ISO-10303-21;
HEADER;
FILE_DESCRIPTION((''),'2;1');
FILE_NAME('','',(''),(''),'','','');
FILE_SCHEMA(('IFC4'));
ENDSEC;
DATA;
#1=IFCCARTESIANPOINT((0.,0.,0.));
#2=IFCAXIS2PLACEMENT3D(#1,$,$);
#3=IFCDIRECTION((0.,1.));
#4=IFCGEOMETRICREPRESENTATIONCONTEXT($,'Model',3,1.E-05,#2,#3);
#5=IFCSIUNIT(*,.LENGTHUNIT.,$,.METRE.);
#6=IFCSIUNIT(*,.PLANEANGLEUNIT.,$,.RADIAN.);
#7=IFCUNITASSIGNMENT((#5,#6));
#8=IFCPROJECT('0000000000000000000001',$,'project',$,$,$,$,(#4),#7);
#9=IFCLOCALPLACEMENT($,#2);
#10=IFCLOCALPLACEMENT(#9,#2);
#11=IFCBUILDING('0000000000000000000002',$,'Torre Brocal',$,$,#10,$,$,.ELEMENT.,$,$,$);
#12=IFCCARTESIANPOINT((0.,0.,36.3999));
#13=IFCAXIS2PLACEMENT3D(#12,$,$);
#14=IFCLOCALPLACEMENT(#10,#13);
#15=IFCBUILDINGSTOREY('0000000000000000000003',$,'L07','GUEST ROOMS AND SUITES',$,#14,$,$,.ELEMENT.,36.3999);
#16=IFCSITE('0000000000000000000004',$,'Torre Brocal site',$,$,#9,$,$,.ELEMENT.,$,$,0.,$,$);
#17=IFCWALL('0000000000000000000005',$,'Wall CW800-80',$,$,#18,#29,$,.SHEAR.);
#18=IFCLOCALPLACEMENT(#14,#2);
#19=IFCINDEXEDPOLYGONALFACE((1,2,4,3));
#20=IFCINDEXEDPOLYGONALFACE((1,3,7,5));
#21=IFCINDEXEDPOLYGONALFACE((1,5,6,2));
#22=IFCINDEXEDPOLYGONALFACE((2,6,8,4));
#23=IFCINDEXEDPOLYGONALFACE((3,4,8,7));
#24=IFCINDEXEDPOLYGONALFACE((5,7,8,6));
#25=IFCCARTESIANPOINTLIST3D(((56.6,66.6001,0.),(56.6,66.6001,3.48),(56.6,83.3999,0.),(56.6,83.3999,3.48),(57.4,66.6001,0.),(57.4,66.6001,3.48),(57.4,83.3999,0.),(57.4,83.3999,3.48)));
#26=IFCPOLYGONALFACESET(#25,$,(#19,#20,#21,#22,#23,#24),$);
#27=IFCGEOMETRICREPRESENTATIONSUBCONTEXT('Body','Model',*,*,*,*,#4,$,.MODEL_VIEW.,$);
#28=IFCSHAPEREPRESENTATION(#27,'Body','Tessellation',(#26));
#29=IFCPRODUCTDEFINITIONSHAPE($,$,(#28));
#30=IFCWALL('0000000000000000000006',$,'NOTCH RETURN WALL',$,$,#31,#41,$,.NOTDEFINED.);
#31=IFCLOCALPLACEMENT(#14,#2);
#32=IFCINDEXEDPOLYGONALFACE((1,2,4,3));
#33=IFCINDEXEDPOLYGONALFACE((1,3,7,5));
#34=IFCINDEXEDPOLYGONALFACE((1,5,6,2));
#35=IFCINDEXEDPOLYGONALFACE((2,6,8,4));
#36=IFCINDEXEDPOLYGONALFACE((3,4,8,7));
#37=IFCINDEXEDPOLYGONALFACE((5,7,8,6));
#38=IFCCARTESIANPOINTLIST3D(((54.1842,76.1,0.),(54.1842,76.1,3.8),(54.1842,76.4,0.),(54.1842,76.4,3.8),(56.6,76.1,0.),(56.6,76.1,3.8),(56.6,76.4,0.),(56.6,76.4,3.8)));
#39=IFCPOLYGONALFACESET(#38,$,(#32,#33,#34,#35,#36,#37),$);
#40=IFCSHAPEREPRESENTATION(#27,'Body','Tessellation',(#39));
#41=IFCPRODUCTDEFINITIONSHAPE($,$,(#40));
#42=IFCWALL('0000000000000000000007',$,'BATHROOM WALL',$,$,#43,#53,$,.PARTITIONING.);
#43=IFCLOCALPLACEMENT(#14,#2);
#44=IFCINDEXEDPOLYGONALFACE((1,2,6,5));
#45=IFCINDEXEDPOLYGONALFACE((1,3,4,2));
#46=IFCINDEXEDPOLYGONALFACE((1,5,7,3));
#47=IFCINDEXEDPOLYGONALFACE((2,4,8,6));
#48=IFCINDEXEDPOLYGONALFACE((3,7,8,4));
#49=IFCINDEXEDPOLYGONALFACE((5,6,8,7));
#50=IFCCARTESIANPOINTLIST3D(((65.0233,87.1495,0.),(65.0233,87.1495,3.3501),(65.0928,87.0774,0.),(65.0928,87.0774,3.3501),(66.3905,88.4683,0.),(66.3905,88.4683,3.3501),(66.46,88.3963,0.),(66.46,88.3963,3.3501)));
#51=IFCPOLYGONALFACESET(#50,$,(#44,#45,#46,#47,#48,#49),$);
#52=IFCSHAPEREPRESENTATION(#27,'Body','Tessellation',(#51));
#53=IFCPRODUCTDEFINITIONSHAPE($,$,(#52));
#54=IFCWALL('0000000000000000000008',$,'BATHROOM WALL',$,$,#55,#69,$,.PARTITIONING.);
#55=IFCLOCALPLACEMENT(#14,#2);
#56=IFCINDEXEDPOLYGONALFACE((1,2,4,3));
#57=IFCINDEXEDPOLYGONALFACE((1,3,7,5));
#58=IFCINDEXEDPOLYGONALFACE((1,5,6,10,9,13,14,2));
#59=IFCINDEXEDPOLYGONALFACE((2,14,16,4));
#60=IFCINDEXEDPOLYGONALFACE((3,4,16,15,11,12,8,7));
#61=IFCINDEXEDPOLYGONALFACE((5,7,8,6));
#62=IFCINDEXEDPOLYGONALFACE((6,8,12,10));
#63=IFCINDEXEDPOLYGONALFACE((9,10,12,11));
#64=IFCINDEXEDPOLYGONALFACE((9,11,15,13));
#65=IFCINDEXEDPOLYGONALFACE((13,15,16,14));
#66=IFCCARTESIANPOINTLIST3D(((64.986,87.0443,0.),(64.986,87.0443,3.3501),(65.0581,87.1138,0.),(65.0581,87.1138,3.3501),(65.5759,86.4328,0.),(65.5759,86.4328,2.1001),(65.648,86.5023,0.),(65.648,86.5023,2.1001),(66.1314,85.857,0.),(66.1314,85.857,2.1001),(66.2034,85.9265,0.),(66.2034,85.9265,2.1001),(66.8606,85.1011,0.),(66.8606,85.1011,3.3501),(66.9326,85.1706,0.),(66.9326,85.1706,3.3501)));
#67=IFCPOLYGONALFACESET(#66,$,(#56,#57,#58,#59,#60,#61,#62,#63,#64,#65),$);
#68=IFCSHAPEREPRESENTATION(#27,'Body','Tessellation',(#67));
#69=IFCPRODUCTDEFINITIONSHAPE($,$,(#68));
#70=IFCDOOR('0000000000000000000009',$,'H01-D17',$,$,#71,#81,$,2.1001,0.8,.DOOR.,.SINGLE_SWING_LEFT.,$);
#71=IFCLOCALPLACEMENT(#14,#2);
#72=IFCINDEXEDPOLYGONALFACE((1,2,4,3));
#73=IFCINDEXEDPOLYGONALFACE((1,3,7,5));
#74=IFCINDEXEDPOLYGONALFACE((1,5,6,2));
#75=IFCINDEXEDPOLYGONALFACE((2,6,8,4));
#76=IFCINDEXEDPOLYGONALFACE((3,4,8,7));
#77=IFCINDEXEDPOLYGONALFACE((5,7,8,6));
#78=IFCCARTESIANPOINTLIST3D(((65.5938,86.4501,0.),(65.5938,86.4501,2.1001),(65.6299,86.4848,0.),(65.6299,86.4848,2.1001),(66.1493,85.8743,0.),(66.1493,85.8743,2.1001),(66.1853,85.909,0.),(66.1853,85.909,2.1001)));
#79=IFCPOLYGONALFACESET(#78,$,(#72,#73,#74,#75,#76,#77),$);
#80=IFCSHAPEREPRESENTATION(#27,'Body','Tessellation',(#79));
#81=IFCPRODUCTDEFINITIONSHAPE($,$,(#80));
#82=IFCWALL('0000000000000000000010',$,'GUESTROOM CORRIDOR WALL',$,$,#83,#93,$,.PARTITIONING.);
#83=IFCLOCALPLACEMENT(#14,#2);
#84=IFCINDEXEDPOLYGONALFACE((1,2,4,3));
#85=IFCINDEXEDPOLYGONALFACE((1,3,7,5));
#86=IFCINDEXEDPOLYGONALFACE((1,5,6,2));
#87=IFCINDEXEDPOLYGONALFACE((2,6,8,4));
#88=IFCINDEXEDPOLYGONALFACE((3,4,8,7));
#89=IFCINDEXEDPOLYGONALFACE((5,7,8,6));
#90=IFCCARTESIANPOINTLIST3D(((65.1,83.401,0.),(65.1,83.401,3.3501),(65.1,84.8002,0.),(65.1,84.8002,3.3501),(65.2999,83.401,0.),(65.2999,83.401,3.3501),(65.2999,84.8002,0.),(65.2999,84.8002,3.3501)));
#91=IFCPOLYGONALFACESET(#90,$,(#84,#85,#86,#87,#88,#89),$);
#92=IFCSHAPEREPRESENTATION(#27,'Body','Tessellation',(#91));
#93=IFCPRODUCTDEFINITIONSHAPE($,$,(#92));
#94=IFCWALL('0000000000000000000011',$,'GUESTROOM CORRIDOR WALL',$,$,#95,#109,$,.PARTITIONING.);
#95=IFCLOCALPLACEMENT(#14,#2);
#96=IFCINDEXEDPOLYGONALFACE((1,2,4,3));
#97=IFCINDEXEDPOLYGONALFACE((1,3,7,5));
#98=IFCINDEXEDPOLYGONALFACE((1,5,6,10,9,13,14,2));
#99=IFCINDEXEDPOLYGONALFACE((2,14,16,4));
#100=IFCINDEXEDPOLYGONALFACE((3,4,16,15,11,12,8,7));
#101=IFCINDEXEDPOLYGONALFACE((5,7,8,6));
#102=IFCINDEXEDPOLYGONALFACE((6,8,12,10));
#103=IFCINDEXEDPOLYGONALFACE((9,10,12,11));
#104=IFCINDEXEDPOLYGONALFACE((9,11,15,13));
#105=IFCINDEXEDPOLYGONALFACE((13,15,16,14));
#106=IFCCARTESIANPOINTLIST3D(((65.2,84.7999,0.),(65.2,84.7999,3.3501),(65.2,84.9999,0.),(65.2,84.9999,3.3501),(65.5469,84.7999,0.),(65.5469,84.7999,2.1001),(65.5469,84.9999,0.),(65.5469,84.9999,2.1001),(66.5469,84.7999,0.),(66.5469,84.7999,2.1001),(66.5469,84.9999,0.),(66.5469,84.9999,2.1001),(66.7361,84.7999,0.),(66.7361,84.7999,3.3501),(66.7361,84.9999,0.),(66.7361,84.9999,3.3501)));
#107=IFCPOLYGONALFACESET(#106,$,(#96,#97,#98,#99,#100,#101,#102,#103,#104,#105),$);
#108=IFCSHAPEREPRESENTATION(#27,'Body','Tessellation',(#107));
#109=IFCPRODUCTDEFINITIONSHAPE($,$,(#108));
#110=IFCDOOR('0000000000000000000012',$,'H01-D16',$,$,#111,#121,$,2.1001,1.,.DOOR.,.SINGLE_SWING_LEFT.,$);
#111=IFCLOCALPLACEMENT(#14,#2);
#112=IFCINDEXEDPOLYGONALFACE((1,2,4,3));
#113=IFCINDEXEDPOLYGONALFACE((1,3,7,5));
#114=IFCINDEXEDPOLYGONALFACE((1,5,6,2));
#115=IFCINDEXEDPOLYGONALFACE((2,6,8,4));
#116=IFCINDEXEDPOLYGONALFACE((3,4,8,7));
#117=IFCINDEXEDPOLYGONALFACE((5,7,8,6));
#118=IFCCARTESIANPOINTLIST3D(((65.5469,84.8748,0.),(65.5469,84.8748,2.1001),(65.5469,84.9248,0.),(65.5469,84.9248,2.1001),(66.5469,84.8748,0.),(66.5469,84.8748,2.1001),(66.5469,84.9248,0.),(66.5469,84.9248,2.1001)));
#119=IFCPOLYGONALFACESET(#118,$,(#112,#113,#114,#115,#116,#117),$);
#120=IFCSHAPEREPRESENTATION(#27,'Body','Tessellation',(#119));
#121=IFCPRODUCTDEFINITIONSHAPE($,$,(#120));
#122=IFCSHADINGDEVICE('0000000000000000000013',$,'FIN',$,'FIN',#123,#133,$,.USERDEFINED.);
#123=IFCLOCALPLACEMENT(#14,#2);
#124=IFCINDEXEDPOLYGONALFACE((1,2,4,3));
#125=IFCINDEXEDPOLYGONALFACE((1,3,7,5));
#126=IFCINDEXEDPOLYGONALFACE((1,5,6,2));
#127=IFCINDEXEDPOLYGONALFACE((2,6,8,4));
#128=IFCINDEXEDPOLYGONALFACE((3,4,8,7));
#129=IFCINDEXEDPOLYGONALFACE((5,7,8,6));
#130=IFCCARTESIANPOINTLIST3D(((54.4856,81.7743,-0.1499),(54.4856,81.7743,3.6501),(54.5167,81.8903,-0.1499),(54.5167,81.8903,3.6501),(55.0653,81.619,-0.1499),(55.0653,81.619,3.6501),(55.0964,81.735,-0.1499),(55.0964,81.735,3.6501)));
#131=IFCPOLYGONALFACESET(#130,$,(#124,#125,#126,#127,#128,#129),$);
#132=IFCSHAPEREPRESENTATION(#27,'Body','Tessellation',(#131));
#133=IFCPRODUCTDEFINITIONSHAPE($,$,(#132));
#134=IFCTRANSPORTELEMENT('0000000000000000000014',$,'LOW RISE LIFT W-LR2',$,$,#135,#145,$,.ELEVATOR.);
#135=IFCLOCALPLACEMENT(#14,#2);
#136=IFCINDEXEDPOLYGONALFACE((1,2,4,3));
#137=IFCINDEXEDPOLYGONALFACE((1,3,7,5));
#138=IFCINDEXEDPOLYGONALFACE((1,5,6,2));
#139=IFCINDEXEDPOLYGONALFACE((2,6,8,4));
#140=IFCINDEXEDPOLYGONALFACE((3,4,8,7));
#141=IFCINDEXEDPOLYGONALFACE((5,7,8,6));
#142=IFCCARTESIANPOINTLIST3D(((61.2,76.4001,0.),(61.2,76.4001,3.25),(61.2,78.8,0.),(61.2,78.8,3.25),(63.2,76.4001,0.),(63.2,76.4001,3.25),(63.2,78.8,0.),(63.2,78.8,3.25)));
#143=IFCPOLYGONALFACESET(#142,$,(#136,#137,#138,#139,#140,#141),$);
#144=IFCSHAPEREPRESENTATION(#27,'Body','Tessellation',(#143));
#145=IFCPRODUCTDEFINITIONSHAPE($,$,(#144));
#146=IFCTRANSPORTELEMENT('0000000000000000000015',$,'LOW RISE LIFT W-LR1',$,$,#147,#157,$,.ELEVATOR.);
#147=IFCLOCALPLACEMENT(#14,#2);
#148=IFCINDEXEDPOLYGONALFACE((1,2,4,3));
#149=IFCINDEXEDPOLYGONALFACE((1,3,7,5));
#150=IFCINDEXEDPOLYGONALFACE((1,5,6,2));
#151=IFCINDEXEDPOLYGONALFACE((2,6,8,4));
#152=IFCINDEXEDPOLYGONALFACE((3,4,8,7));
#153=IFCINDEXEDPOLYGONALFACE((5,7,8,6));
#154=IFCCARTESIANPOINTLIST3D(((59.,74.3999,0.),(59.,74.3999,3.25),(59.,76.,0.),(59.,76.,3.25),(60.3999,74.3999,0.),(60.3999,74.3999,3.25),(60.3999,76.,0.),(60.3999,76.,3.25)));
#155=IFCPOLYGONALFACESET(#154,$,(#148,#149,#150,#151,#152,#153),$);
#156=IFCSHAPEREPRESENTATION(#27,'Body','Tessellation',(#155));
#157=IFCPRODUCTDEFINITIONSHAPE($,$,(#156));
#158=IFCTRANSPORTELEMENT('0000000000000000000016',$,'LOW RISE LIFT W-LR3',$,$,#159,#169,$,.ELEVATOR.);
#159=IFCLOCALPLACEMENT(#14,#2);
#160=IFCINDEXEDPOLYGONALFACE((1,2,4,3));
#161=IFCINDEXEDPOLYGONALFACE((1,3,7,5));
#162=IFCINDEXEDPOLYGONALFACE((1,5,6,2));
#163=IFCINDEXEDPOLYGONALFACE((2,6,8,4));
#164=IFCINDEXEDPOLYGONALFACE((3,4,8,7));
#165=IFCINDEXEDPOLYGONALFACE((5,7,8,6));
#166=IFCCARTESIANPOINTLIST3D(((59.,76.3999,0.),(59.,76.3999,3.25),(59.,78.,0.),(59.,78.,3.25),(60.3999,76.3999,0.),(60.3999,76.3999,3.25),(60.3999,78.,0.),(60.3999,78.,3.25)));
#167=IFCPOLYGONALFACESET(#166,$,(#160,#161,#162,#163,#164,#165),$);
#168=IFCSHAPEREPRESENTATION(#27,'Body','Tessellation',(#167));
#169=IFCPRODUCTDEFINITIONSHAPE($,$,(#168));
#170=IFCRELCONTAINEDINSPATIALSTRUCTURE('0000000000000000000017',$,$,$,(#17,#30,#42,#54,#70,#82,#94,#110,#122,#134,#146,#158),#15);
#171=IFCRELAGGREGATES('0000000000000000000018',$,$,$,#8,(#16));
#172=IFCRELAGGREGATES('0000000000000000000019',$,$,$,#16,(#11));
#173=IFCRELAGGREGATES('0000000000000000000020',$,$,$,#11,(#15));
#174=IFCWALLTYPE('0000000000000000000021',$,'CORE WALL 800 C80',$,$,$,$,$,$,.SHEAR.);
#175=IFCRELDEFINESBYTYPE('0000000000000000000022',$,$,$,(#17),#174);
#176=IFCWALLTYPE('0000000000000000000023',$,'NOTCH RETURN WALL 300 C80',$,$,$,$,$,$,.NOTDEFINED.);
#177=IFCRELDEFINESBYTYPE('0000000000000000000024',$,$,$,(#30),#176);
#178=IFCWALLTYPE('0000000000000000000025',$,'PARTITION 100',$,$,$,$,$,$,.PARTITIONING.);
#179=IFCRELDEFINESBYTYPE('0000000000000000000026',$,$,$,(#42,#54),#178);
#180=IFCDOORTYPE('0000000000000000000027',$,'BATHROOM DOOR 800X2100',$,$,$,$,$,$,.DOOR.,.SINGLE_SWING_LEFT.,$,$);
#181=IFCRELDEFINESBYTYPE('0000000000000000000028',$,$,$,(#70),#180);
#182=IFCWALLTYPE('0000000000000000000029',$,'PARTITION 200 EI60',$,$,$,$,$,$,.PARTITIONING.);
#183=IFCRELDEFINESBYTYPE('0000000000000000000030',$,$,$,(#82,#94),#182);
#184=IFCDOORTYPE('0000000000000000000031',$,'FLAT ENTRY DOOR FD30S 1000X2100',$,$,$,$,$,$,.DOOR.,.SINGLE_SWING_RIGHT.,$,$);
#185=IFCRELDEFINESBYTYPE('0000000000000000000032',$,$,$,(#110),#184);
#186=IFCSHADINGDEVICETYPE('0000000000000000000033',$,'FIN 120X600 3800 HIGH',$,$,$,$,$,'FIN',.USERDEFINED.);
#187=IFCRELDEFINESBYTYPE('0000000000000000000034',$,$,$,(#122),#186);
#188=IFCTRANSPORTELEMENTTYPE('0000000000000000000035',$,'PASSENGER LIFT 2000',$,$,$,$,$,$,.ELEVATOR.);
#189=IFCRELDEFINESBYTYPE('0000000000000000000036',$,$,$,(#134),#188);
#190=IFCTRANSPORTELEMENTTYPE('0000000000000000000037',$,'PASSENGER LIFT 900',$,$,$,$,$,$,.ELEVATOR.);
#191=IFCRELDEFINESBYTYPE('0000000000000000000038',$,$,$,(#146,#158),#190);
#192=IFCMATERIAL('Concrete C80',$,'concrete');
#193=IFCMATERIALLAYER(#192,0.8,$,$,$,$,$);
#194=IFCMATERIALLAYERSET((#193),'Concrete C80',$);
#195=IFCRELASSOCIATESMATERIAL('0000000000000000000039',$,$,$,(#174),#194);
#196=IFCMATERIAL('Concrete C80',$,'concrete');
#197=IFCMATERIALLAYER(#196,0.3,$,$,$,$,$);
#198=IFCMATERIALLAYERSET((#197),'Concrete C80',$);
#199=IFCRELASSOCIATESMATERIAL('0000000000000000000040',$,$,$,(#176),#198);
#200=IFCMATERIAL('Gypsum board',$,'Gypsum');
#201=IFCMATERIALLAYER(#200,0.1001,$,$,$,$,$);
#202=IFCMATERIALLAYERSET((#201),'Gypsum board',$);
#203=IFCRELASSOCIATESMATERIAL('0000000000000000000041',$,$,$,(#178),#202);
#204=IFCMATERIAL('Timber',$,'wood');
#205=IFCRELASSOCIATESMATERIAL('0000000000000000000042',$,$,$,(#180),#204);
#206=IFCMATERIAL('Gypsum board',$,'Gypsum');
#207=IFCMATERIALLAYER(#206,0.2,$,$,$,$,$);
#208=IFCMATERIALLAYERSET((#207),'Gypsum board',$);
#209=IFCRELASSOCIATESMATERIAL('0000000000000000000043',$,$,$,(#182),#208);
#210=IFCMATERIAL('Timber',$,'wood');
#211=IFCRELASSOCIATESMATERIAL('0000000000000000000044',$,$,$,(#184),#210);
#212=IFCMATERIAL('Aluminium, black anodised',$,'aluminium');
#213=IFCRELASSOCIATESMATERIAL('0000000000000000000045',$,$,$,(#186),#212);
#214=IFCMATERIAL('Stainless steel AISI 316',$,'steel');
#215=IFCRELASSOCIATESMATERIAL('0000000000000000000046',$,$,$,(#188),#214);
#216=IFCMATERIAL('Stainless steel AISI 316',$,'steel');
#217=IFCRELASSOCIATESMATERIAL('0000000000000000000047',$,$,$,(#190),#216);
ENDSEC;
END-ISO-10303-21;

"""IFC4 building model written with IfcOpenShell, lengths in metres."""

from ifc_helpers import new_model, si_unit, direction, frame, frame_2d, origin, origin_2d, place, context, subcontext, project, spatial, rectangle, extrude, material, layer, layer_set, material_profile, profile_set, type_object, element, fill, save


model = new_model("IFC4")

# Units and contexts
model_context = context("Model", 3, precision=1e-05, world=origin(), true_north=direction((0.0, 1.0)))
body_context = subcontext(model_context, "Body", "Model", "MODEL_VIEW")
ifc_project = project(units=[si_unit("LENGTHUNIT", "METRE"), si_unit("PLANEANGLEUNIT", "RADIAN")], contexts=[model_context])

# Site, building, storey
site_placement = place(None, origin())
site = spatial("IfcSite", under=ifc_project, at=site_placement, Name="Torre Brocal site", CompositionType="ELEMENT", RefElevation=0.0)
building_placement = place(site_placement, origin())
building = spatial("IfcBuilding", under=site, at=building_placement, Name="Torre Brocal", CompositionType="ELEMENT")
storey_placement = place(building_placement, frame((0.0, 0.0, 36.3999)))
storey = spatial("IfcBuildingStorey", under=building, at=storey_placement, Name="L07", Description="GUEST ROOMS AND SUITES", CompositionType="ELEMENT", Elevation=36.3999)

# Walls
ifc_material_1 = material(Name="Concrete C80", Category="concrete")
ifc_layer_1 = layer(ifc_material_1, 0.8)
ifc_layer_set_1 = layer_set([ifc_layer_1], Name="Concrete C80")
wall_type_1 = type_object("IfcWallType", Name="CORE WALL 800 C80", PredefinedType="SHEAR", material=ifc_layer_set_1)
wall_1_placement = place(storey_placement, frame((57.0, 83.3999, 0.0), z_axis=(0.0, 0.0, 1.0), x_axis=(0.0, -1.0, 0.0)))
element("IfcWall", 1, at=wall_1_placement, inside=storey, type_object=wall_type_1, Name="Wall CW800-80", PredefinedType="SHEAR", context=body_context, shape_type="SweptSolid", body=[
    extrude(rectangle(XDim=16.7998, YDim=0.8, at=frame_2d((8.3999, 0.0))), origin(), (0.0, 0.0, 1.0), 3.48),
])
ifc_material_2 = material(Name="Concrete C80", Category="concrete")
ifc_layer_2 = layer(ifc_material_2, 0.3)
ifc_layer_set_2 = layer_set([ifc_layer_2], Name="Concrete C80")
wall_type_2 = type_object("IfcWallType", Name="NOTCH RETURN WALL 300 C80", PredefinedType="NOTDEFINED", material=ifc_layer_set_2)
wall_2_placement = place(storey_placement, frame((56.6001, 76.25, 0.0), z_axis=(0.0, 0.0, 1.0), x_axis=(-1.0, 0.0, 0.0)))
element("IfcWall", 2, at=wall_2_placement, inside=storey, type_object=wall_type_2, Name="NOTCH RETURN WALL", PredefinedType="NOTDEFINED", context=body_context, shape_type="SweptSolid", body=[
    extrude(rectangle(XDim=2.4158, YDim=0.3, at=frame_2d((1.208, 0.0))), origin(), (0.0, 0.0, 1.0), 3.8),
])
ifc_material_3 = material(Name="Gypsum board", Category="Gypsum")
ifc_layer_3 = layer(ifc_material_3, 0.1001)
ifc_layer_set_3 = layer_set([ifc_layer_3], Name="Gypsum board")
wall_type_3 = type_object("IfcWallType", Name="PARTITION 100", PredefinedType="PARTITIONING", material=ifc_layer_set_3)
wall_3_placement = place(storey_placement, frame((65.0581, 87.1135, 0.0), z_axis=(0.0, 0.0, 1.0), x_axis=(0.719716, 0.694269, 0.0)))
element("IfcWall", 3, at=wall_3_placement, inside=storey, type_object=wall_type_3, Name="BATHROOM WALL", PredefinedType="PARTITIONING", context=body_context, shape_type="SweptSolid", body=[
    extrude(rectangle(XDim=1.8997, YDim=0.1001, at=frame_2d((0.9497, 0.0))), origin(), (0.0, 0.0, 1.0), 3.3501),
])

# Wall, opening, door
wall_4_placement = place(storey_placement, frame((65.022, 87.0791, 0.0), z_axis=(0.0, 0.0, 1.0), x_axis=(0.694288, -0.719697, 0.0)))
wall_4 = element("IfcWall", 4, at=wall_4_placement, inside=storey, type_object=wall_type_3, Name="BATHROOM WALL", PredefinedType="PARTITIONING", context=body_context, shape_type="SweptSolid", body=[
    extrude(rectangle(XDim=2.7, YDim=0.1001, at=frame_2d((1.3501, 0.0))), origin(), (0.0, 0.0, 1.0), 3.3501),
])
opening_1_placement = place(wall_4_placement, frame((0.8499, 0.0, 0.0)))
opening_1 = element("IfcOpeningElement", 5, at=opening_1_placement, cuts=wall_4, PredefinedType="OPENING", context=body_context, shape_type="SweptSolid", body=[
    extrude(rectangle(XDim=0.8, YDim=2.1001, at=frame_2d((0.3999, 1.05))), frame((0.0, 0.0601, 0.0), z_axis=(0.0, -1.0, 0.0), x_axis=(1.0, 0.0, 0.0)), (0.0, 0.0, 1.0), 0.1201),
])
ifc_material_4 = material(Name="Timber", Category="wood")
door_type_1 = type_object("IfcDoorType", Name="BATHROOM DOOR 800X2100", OperationType="SINGLE_SWING_LEFT", PredefinedType="DOOR", material=ifc_material_4)
door_1_placement = place(opening_1_placement, origin())
door_1 = element("IfcDoor", 6, at=door_1_placement, inside=storey, type_object=door_type_1, Name="H01-D17", OperationType="SINGLE_SWING_LEFT", OverallHeight=2.1001, OverallWidth=0.8, PredefinedType="DOOR", context=body_context, shape_type="SweptSolid", body=[
    extrude(rectangle(XDim=0.8, YDim=2.1001, at=frame_2d((0.3999, 1.05))), frame((0.0, 0.0249, 0.0), z_axis=(0.0, -1.0, 0.0), x_axis=(1.0, 0.0, 0.0)), (0.0, 0.0, 1.0), 0.05),
])
fill(opening_1, door_1)

# Wall
ifc_material_5 = material(Name="Gypsum board", Category="Gypsum")
ifc_layer_4 = layer(ifc_material_5, 0.2)
ifc_layer_set_4 = layer_set([ifc_layer_4], Name="Gypsum board")
wall_type_4 = type_object("IfcWallType", Name="PARTITION 200 EI60", PredefinedType="PARTITIONING", material=ifc_layer_set_4)
wall_5_placement = place(storey_placement, frame((65.2, 83.4009, 0.0), z_axis=(0.0, 0.0, 1.0), x_axis=(0.0, 1.0, 0.0)))
element("IfcWall", 7, at=wall_5_placement, inside=storey, type_object=wall_type_4, Name="GUESTROOM CORRIDOR WALL", PredefinedType="PARTITIONING", context=body_context, shape_type="SweptSolid", body=[
    extrude(rectangle(XDim=1.3992, YDim=0.2, at=frame_2d((0.6997, 0.0))), origin(), (0.0, 0.0, 1.0), 3.3501),
])

# Wall, opening, door
wall_6_placement = place(storey_placement, frame((65.2, 84.8999, 0.0), z_axis=(0.0, 0.0, 1.0), x_axis=(1.0, 0.0, 0.0)))
wall_6 = element("IfcWall", 8, at=wall_6_placement, inside=storey, type_object=wall_type_4, Name="GUESTROOM CORRIDOR WALL", PredefinedType="PARTITIONING", context=body_context, shape_type="SweptSolid", body=[
    extrude(rectangle(XDim=1.5361, YDim=0.2, at=frame_2d((0.7681, 0.0))), origin(), (0.0, 0.0, 1.0), 3.3501),
])
opening_2_placement = place(wall_6_placement, frame((0.3469, 0.0, 0.0)))
opening_2 = element("IfcOpeningElement", 9, at=opening_2_placement, cuts=wall_6, PredefinedType="OPENING", context=body_context, shape_type="SweptSolid", body=[
    extrude(rectangle(XDim=1.0, YDim=2.1001, at=frame_2d((0.5, 1.05))), frame((0.0, 0.1099, 0.0), z_axis=(0.0, -1.0, 0.0), x_axis=(1.0, 0.0, 0.0)), (0.0, 0.0, 1.0), 0.22),
])
ifc_material_6 = material(Name="Timber", Category="wood")
door_type_2 = type_object("IfcDoorType", Name="FLAT ENTRY DOOR FD30S 1000X2100", OperationType="SINGLE_SWING_RIGHT", PredefinedType="DOOR", material=ifc_material_6)
door_2_placement = place(opening_2_placement, origin())
door_2 = element("IfcDoor", 10, at=door_2_placement, inside=storey, type_object=door_type_2, Name="H01-D16", OperationType="SINGLE_SWING_LEFT", OverallHeight=2.1001, OverallWidth=1.0, PredefinedType="DOOR", context=body_context, shape_type="SweptSolid", body=[
    extrude(rectangle(XDim=1.0, YDim=2.1001, at=frame_2d((0.5, 1.05))), frame((0.0, 0.0249, 0.0), z_axis=(0.0, -1.0, 0.0), x_axis=(1.0, 0.0, 0.0)), (0.0, 0.0, 1.0), 0.05),
])
fill(opening_2, door_2)

# Shading device
ifc_material_7 = material(Name="Aluminium, black anodised", Category="aluminium")
ifc_material_profile_1 = material_profile(ifc_material_7, rectangle(XDim=0.1201, YDim=0.6001, at=origin_2d()), Name="FIN 120X600 3800 HIGH")
ifc_profile_set_1 = profile_set([ifc_material_profile_1], Name="Aluminium, black anodised")
shading_device_type = type_object("IfcShadingDeviceType", Name="FIN 120X600 3800 HIGH", ElementType="FIN", PredefinedType="USERDEFINED", material=ifc_profile_set_1)
shading_device_placement = place(storey_placement, frame((54.791, 81.7546, -0.1499), z_axis=(0.0, 0.0, 1.0), x_axis=(-0.258819, -0.965926, 0.0)))
element("IfcShadingDevice", 11, at=shading_device_placement, inside=storey, type_object=shading_device_type, Name="FIN", ObjectType="FIN", PredefinedType="USERDEFINED", context=body_context, shape_type="SweptSolid", body=[
    extrude(rectangle(XDim=0.1201, YDim=0.6001, at=origin_2d()), origin(), (0.0, 0.0, 1.0), 3.8),
])

# Transport elements
ifc_material_8 = material(Name="Stainless steel AISI 316", Category="steel")
transport_element_type_1 = type_object("IfcTransportElementType", Name="PASSENGER LIFT 2000", PredefinedType="ELEVATOR", material=ifc_material_8)
transport_element_placement = place(storey_placement, frame((62.2, 77.6001, 0.0), z_axis=(0.0, 0.0, 1.0), x_axis=(1.0, 0.0, 0.0)))
element("IfcTransportElement", 12, at=transport_element_placement, inside=storey, type_object=transport_element_type_1, Name="LOW RISE LIFT W-LR2", PredefinedType="ELEVATOR", context=body_context, shape_type="SweptSolid", body=[
    extrude(rectangle(XDim=2.0, YDim=2.3999, at=origin_2d()), origin(), (0.0, 0.0, 1.0), 3.25),
])
ifc_material_9 = material(Name="Stainless steel AISI 316", Category="steel")
transport_element_type_2 = type_object("IfcTransportElementType", Name="PASSENGER LIFT 900", PredefinedType="ELEVATOR", material=ifc_material_9)
for number, where, z_axis, x_axis, name in (
    (13, (59.7, 75.2, 0.0), (0.0, 0.0, 1.0), (1.0, 0.0, 0.0), "LOW RISE LIFT W-LR1"),
    (14, (59.7, 77.2, 0.0), (0.0, 0.0, 1.0), (1.0, 0.0, 0.0), "LOW RISE LIFT W-LR3"),
):
    element("IfcTransportElement", number, at=place(storey_placement, frame(where, z_axis=z_axis, x_axis=x_axis)), inside=storey, type_object=transport_element_type_2, Name=name, PredefinedType="ELEVATOR", context=body_context, shape_type="SweptSolid", body=[
        extrude(rectangle(XDim=1.3999, YDim=1.6001, at=origin_2d()), origin(), (0.0, 0.0, 1.0), 3.25),
    ])

save(model, "model.ifc")
